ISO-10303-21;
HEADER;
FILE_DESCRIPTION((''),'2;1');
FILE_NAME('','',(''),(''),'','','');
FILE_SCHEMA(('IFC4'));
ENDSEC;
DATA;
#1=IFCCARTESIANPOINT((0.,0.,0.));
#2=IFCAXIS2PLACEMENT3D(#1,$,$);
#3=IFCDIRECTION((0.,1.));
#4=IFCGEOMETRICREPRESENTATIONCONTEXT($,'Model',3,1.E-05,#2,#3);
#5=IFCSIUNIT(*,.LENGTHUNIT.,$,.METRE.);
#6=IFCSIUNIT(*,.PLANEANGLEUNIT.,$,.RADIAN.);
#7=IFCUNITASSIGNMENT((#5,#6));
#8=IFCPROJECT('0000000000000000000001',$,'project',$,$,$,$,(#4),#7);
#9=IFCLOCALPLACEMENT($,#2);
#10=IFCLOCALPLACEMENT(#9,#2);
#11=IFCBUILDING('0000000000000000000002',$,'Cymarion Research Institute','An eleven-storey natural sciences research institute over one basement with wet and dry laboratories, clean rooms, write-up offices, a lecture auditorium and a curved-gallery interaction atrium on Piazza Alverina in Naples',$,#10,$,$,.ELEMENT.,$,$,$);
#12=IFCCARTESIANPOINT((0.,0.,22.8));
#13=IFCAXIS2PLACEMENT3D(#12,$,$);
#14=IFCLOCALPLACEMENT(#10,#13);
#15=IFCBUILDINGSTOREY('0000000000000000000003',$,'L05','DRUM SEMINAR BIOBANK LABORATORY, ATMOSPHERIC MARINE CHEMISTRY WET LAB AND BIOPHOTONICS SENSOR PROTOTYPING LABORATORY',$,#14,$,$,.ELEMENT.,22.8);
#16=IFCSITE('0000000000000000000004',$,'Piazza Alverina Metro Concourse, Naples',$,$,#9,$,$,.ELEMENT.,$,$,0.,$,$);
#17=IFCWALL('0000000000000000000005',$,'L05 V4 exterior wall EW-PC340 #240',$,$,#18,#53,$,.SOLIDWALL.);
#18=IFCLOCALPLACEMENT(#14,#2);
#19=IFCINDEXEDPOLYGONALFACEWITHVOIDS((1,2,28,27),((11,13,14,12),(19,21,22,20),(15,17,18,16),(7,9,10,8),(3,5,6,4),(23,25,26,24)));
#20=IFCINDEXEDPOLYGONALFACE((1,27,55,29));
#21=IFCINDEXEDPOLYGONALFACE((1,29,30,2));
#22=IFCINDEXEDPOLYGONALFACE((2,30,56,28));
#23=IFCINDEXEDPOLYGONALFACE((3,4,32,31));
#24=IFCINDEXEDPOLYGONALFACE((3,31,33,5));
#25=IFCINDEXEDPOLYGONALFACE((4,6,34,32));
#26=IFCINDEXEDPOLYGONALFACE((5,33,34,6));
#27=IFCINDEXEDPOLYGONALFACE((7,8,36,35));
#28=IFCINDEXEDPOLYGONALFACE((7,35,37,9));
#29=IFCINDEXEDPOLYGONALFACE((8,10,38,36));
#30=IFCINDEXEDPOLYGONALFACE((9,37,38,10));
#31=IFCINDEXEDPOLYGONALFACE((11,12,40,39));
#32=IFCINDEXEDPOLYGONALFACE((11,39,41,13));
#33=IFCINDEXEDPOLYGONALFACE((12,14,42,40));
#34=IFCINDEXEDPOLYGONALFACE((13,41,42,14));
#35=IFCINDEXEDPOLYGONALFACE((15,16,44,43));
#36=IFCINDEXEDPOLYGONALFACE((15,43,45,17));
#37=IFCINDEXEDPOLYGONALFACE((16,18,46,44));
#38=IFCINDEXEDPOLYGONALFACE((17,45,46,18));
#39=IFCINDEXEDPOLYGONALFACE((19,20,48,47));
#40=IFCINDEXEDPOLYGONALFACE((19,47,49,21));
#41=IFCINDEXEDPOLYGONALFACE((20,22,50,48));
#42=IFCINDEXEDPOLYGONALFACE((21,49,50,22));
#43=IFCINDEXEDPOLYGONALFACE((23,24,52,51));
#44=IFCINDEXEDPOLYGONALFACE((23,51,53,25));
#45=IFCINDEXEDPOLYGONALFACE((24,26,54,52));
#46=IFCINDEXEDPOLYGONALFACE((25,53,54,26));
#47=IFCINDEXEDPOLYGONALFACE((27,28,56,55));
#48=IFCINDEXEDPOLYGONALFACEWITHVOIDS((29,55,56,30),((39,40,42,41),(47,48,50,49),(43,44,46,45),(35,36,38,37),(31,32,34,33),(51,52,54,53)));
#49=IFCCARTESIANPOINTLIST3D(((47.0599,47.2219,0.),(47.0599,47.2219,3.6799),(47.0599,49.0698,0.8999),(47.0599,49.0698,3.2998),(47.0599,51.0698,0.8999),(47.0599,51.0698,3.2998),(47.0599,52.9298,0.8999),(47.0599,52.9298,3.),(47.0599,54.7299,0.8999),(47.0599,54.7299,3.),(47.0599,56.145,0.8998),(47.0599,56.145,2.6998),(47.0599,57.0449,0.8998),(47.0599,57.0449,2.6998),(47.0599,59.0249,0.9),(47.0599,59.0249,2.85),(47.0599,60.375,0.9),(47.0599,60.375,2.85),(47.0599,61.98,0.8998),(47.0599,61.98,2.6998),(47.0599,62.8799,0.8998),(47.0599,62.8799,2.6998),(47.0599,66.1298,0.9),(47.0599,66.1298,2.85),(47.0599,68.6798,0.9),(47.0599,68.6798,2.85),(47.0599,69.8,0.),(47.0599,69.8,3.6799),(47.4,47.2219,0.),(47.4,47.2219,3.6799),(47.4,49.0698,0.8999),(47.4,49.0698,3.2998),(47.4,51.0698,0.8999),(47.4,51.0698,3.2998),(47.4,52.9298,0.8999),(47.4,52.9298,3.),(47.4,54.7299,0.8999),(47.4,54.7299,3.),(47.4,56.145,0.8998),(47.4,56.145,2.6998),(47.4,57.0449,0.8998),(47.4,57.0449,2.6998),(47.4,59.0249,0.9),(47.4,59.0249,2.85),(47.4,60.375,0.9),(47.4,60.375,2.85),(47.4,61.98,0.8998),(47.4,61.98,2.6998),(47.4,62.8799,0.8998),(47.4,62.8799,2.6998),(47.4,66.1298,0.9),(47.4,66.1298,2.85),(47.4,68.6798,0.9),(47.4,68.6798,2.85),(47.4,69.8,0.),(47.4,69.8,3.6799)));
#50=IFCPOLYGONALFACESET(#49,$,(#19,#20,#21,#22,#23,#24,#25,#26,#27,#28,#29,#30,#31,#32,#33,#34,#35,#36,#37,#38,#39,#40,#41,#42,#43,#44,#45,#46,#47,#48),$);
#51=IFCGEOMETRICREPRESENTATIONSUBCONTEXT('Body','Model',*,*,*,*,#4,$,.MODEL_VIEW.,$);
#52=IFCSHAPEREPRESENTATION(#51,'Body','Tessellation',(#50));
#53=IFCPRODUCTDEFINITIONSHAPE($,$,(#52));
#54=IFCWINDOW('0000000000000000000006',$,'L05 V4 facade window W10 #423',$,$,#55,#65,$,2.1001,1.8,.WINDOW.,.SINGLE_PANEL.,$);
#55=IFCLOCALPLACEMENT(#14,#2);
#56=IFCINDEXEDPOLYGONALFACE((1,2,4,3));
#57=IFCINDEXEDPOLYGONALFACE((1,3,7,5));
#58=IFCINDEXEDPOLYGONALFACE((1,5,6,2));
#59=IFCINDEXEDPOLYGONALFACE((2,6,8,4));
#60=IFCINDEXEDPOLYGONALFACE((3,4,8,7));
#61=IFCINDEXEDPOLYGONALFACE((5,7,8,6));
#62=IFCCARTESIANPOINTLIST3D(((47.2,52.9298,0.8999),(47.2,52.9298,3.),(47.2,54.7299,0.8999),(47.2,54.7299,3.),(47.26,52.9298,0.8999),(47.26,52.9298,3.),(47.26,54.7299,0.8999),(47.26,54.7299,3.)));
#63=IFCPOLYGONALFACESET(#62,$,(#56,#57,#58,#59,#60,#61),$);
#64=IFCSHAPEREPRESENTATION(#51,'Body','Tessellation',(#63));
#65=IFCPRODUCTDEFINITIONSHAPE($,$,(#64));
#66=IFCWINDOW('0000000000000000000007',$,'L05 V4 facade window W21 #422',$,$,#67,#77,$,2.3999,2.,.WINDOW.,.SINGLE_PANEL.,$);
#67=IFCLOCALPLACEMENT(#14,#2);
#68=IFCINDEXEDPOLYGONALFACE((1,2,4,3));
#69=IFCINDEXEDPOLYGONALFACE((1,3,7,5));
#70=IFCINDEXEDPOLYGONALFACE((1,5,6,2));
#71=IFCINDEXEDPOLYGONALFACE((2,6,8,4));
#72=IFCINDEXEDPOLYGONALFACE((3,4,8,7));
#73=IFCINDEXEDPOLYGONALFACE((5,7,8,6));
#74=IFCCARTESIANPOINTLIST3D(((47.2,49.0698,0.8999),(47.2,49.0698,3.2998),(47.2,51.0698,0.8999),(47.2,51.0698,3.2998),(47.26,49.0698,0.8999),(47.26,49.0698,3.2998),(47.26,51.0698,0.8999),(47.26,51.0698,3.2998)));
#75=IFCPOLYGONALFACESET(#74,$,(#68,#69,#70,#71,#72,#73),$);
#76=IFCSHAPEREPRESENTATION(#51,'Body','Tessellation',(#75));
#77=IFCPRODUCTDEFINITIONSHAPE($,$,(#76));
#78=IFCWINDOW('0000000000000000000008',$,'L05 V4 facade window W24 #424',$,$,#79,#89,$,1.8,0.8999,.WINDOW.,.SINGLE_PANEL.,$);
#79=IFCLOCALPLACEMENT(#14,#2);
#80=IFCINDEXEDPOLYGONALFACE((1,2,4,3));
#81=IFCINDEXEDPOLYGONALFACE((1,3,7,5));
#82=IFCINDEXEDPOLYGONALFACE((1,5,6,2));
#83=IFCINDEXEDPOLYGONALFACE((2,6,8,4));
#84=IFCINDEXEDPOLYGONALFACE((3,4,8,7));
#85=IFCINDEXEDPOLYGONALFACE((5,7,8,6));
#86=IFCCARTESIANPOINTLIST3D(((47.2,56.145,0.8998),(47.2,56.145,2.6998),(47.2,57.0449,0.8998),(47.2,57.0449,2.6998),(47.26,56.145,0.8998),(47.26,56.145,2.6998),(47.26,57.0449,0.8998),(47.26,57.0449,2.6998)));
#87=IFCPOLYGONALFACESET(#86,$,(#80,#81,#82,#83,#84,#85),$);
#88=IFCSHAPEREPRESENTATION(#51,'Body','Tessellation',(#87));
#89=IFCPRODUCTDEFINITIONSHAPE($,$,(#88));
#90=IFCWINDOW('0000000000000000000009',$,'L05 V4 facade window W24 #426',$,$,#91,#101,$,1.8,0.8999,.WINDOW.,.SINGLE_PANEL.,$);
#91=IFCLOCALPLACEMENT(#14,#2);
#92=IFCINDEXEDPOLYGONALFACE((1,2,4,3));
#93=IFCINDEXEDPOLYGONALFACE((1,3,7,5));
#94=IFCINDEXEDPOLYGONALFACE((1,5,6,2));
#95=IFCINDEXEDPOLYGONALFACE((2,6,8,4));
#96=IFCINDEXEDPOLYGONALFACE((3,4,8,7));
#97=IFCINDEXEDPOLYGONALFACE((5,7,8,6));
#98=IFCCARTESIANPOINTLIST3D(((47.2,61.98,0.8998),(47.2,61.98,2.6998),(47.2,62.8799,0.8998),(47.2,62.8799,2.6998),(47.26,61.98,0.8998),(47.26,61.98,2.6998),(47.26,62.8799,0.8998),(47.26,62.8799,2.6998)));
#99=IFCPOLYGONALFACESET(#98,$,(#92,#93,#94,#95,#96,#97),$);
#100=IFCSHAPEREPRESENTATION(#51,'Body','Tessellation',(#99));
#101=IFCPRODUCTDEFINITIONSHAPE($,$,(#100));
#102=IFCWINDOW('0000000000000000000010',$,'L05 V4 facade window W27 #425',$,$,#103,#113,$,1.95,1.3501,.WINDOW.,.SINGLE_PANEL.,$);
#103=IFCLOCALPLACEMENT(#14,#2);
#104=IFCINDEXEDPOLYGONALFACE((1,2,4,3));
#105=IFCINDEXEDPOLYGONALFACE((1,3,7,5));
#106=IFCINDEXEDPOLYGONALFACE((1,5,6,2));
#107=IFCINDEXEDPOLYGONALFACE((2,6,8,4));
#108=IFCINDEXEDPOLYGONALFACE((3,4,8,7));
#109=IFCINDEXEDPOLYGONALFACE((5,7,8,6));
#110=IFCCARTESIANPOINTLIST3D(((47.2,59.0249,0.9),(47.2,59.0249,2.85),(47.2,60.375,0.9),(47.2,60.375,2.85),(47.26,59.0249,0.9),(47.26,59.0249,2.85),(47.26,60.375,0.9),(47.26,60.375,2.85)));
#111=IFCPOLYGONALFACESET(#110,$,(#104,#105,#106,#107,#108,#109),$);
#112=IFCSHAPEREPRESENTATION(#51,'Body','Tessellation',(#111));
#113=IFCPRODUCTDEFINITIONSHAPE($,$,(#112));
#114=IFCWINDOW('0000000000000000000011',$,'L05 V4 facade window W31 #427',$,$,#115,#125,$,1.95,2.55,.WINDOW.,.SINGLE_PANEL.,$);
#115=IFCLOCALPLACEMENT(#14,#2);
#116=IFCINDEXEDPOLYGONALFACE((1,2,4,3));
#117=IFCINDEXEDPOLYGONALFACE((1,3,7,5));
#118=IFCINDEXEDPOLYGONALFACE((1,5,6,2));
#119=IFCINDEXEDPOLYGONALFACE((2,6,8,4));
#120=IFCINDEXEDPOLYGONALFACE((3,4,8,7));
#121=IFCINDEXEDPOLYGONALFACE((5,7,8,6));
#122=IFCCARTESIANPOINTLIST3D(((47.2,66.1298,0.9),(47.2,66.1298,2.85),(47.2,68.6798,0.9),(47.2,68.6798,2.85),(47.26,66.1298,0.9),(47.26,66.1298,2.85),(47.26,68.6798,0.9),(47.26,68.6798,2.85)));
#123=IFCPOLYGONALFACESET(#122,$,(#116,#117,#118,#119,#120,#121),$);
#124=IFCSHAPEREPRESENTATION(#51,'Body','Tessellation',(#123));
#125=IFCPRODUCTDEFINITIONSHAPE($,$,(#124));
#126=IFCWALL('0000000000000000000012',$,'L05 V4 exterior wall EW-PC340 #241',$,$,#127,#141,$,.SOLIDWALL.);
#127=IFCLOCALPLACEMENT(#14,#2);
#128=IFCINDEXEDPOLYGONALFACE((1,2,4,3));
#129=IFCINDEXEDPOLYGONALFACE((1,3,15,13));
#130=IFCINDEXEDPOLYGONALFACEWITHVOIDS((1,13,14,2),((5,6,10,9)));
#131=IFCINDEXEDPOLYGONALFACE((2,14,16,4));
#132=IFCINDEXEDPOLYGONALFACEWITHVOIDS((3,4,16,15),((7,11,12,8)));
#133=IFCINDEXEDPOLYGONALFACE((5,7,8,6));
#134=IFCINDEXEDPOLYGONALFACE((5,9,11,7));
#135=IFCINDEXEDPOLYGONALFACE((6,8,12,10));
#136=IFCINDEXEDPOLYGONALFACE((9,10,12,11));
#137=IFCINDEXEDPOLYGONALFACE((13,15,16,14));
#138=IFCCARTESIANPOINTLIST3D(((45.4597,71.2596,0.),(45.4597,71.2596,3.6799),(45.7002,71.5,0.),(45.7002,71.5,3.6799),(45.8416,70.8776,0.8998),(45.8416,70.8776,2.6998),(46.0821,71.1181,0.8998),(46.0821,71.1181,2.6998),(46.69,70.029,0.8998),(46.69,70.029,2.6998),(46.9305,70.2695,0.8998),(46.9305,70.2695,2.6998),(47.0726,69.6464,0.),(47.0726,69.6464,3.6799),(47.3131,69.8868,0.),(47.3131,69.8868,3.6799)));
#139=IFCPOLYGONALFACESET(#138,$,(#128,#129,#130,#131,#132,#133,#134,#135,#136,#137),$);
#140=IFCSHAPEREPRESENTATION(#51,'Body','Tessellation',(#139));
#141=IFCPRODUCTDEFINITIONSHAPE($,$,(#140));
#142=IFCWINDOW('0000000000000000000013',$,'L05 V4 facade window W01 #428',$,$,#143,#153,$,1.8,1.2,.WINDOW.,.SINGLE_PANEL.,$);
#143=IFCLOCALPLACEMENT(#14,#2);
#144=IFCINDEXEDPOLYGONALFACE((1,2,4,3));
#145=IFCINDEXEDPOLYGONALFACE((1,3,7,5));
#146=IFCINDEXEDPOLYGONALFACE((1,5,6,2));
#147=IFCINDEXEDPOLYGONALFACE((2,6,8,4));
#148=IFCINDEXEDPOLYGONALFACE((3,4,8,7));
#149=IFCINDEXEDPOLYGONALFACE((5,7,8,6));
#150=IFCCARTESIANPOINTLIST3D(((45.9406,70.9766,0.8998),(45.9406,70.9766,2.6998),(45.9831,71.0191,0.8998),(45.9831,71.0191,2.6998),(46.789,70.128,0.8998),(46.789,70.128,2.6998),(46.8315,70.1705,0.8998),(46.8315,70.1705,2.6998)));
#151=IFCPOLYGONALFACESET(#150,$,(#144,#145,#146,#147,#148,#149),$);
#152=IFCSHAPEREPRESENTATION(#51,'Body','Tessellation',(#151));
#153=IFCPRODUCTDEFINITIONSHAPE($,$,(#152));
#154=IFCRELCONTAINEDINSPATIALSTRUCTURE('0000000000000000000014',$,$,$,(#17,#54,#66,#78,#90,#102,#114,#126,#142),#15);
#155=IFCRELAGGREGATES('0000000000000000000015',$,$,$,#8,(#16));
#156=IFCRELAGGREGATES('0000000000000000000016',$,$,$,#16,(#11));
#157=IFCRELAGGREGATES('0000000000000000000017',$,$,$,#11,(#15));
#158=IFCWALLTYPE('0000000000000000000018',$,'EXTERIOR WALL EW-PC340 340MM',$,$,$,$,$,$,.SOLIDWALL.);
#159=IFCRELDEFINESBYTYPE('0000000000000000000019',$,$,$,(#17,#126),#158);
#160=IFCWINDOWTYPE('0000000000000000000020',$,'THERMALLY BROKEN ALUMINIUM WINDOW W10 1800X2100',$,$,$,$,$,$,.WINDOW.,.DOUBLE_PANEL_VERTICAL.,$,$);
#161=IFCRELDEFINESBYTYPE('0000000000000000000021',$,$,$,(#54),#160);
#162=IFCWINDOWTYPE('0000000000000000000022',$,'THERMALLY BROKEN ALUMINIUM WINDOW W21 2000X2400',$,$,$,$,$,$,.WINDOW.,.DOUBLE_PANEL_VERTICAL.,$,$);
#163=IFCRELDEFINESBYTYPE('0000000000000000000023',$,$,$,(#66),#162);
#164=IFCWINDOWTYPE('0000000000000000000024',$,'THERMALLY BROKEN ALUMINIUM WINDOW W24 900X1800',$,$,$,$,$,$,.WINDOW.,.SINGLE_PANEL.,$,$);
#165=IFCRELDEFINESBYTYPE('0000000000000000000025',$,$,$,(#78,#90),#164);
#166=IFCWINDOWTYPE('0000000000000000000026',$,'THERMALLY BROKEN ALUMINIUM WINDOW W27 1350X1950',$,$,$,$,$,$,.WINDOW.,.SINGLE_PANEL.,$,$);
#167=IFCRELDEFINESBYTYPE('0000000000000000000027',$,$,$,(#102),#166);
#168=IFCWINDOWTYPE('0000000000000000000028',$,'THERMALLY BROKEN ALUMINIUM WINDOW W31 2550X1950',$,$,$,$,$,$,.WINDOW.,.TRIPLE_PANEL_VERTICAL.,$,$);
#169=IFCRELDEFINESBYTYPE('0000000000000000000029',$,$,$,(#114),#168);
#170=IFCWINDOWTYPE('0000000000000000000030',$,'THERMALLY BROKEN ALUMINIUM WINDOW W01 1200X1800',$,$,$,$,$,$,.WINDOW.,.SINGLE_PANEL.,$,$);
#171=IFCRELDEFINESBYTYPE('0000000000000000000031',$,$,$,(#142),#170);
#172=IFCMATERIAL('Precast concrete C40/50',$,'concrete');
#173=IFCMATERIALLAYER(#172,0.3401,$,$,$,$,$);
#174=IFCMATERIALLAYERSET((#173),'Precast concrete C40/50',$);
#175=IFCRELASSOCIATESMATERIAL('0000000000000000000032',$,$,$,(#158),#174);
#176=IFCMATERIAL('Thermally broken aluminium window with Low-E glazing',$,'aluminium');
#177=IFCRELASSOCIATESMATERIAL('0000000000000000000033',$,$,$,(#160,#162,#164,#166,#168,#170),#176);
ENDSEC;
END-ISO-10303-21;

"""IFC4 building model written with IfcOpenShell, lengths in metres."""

from ifc_helpers import new_model, si_unit, direction, frame, frame_2d, origin, place, context, subcontext, project, spatial, rectangle, extrude, material, layer, layer_set, type_object, element, fill, save


model = new_model("IFC4")

# Units and contexts
model_context = context("Model", 3, precision=1e-05, world=origin(), true_north=direction((0.0, 1.0)))
body_context = subcontext(model_context, "Body", "Model", "MODEL_VIEW")
ifc_project = project(units=[si_unit("LENGTHUNIT", "METRE"), si_unit("PLANEANGLEUNIT", "RADIAN")], contexts=[model_context])

# Site, building, storey
site_placement = place(None, origin())
site = spatial("IfcSite", under=ifc_project, at=site_placement, Name="Piazza Alverina Metro Concourse, Naples", CompositionType="ELEMENT", RefElevation=0.0)
building_placement = place(site_placement, origin())
building = spatial("IfcBuilding", under=site, at=building_placement, Name="Cymarion Research Institute", Description="An eleven-storey natural sciences research institute over one basement with wet and dry laboratories, clean rooms, write-up offices, a lecture auditorium and a curved-gallery interaction atrium on Piazza Alverina in Naples", CompositionType="ELEMENT")
storey_placement = place(building_placement, frame((0.0, 0.0, 22.8)))
storey = spatial("IfcBuildingStorey", under=building, at=storey_placement, Name="L05", Description="DRUM SEMINAR BIOBANK LABORATORY, ATMOSPHERIC MARINE CHEMISTRY WET LAB AND BIOPHOTONICS SENSOR PROTOTYPING LABORATORY", CompositionType="ELEMENT", Elevation=22.8)

# Wall, openings, windows
ifc_material_1 = material(Name="Precast concrete C40/50", Category="concrete")
ifc_layer_1 = layer(ifc_material_1, 0.3401)
ifc_layer_set_1 = layer_set([ifc_layer_1], Name="Precast concrete C40/50")
wall_type = type_object("IfcWallType", Name="EXTERIOR WALL EW-PC340 340MM", PredefinedType="SOLIDWALL", material=ifc_layer_set_1)
wall_1_placement = place(storey_placement, frame((47.23, 47.2219, 0.0), z_axis=(0.0, 0.0, 1.0), x_axis=(0.0, 1.0, 0.0)))
wall_1 = element("IfcWall", 1, at=wall_1_placement, inside=storey, type_object=wall_type, Name="L05 V4 exterior wall EW-PC340 #240", PredefinedType="SOLIDWALL", context=body_context, shape_type="SweptSolid", body=[
    extrude(rectangle(XDim=22.5781, YDim=0.3401, at=frame_2d((11.2891, 0.0))), origin(), (0.0, 0.0, 1.0), 3.6799),
])
opening_1_placement = place(wall_1_placement, frame((1.8479, 0.0, 0.8999)))
opening_1 = element("IfcOpeningElement", 2, at=opening_1_placement, cuts=wall_1, PredefinedType="OPENING", context=body_context, shape_type="SweptSolid", body=[
    extrude(rectangle(XDim=2.0, YDim=2.3999, at=frame_2d((1.0, 1.2))), frame((0.0, 0.1799, 0.0), z_axis=(0.0, -1.0, 0.0), x_axis=(1.0, 0.0, 0.0)), (0.0, 0.0, 1.0), 0.3601),
])
opening_2_placement = place(wall_1_placement, frame((5.708, 0.0, 0.8999)))
opening_2 = element("IfcOpeningElement", 3, at=opening_2_placement, cuts=wall_1, PredefinedType="OPENING", context=body_context, shape_type="SweptSolid", body=[
    extrude(rectangle(XDim=1.8, YDim=2.1001, at=frame_2d((0.8999, 1.05))), frame((0.0, 0.1799, 0.0), z_axis=(0.0, -1.0, 0.0), x_axis=(1.0, 0.0, 0.0)), (0.0, 0.0, 1.0), 0.3601),
])
opening_3_placement = place(wall_1_placement, frame((8.9231, 0.0, 0.8999)))
opening_3 = element("IfcOpeningElement", 4, at=opening_3_placement, cuts=wall_1, PredefinedType="OPENING", context=body_context, shape_type="SweptSolid", body=[
    extrude(rectangle(XDim=0.8999, YDim=1.8, at=frame_2d((0.45, 0.8999))), frame((0.0, 0.1799, 0.0), z_axis=(0.0, -1.0, 0.0), x_axis=(1.0, 0.0, 0.0)), (0.0, 0.0, 1.0), 0.3601),
])
opening_4_placement = place(wall_1_placement, frame((11.803, 0.0, 0.8999)))
opening_4 = element("IfcOpeningElement", 5, at=opening_4_placement, cuts=wall_1, PredefinedType="OPENING", context=body_context, shape_type="SweptSolid", body=[
    extrude(rectangle(XDim=1.3501, YDim=1.95, at=frame_2d((0.675, 0.9751))), frame((0.0, 0.1799, 0.0), z_axis=(0.0, -1.0, 0.0), x_axis=(1.0, 0.0, 0.0)), (0.0, 0.0, 1.0), 0.3601),
])
opening_5_placement = place(wall_1_placement, frame((14.7581, 0.0, 0.8999)))
opening_5 = element("IfcOpeningElement", 6, at=opening_5_placement, cuts=wall_1, PredefinedType="OPENING", context=body_context, shape_type="SweptSolid", body=[
    extrude(rectangle(XDim=0.8999, YDim=1.8, at=frame_2d((0.45, 0.8999))), frame((0.0, 0.1799, 0.0), z_axis=(0.0, -1.0, 0.0), x_axis=(1.0, 0.0, 0.0)), (0.0, 0.0, 1.0), 0.3601),
])
opening_6_placement = place(wall_1_placement, frame((18.908, 0.0, 0.8999)))
opening_6 = element("IfcOpeningElement", 7, at=opening_6_placement, cuts=wall_1, PredefinedType="OPENING", context=body_context, shape_type="SweptSolid", body=[
    extrude(rectangle(XDim=2.55, YDim=1.95, at=frame_2d((1.2749, 0.9751))), frame((0.0, 0.1799, 0.0), z_axis=(0.0, -1.0, 0.0), x_axis=(1.0, 0.0, 0.0)), (0.0, 0.0, 1.0), 0.3601),
])
ifc_material_2 = material(Name="Thermally broken aluminium window with Low-E glazing", Category="aluminium")
window_type_1 = type_object("IfcWindowType", Name="THERMALLY BROKEN ALUMINIUM WINDOW W10 1800X2100", PartitioningType="DOUBLE_PANEL_VERTICAL", PredefinedType="WINDOW", material=ifc_material_2)
window_1_placement = place(opening_2_placement, origin())
window_1 = element("IfcWindow", 8, at=window_1_placement, inside=storey, type_object=window_type_1, Name="L05 V4 facade window W10 #423", OverallHeight=2.1001, OverallWidth=1.8, PartitioningType="SINGLE_PANEL", PredefinedType="WINDOW", context=body_context, shape_type="SweptSolid", body=[
    extrude(rectangle(XDim=1.8, YDim=2.1001, at=frame_2d((0.8999, 1.05))), frame((0.0, 0.03, 0.0), z_axis=(0.0, -1.0, 0.0), x_axis=(1.0, 0.0, 0.0)), (0.0, 0.0, 1.0), 0.0601),
])
fill(opening_2, window_1)
window_type_2 = type_object("IfcWindowType", Name="THERMALLY BROKEN ALUMINIUM WINDOW W21 2000X2400", PartitioningType="DOUBLE_PANEL_VERTICAL", PredefinedType="WINDOW", material=ifc_material_2)
window_2_placement = place(opening_1_placement, origin())
window_2 = element("IfcWindow", 9, at=window_2_placement, inside=storey, type_object=window_type_2, Name="L05 V4 facade window W21 #422", OverallHeight=2.3999, OverallWidth=2.0, PartitioningType="SINGLE_PANEL", PredefinedType="WINDOW", context=body_context, shape_type="SweptSolid", body=[
    extrude(rectangle(XDim=2.0, YDim=2.3999, at=frame_2d((1.0, 1.2))), frame((0.0, 0.03, 0.0), z_axis=(0.0, -1.0, 0.0), x_axis=(1.0, 0.0, 0.0)), (0.0, 0.0, 1.0), 0.0601),
])
fill(opening_1, window_2)
window_type_3 = type_object("IfcWindowType", Name="THERMALLY BROKEN ALUMINIUM WINDOW W24 900X1800", PartitioningType="SINGLE_PANEL", PredefinedType="WINDOW", material=ifc_material_2)
window_3_placement = place(opening_3_placement, origin())
window_3 = element("IfcWindow", 10, at=window_3_placement, inside=storey, type_object=window_type_3, Name="L05 V4 facade window W24 #424", OverallHeight=1.8, OverallWidth=0.8999, PartitioningType="SINGLE_PANEL", PredefinedType="WINDOW", context=body_context, shape_type="SweptSolid", body=[
    extrude(rectangle(XDim=0.8999, YDim=1.8, at=frame_2d((0.45, 0.8999))), frame((0.0, 0.03, 0.0), z_axis=(0.0, -1.0, 0.0), x_axis=(1.0, 0.0, 0.0)), (0.0, 0.0, 1.0), 0.0601),
])
fill(opening_3, window_3)
window_4_placement = place(opening_5_placement, origin())
window_4 = element("IfcWindow", 11, at=window_4_placement, inside=storey, type_object=window_type_3, Name="L05 V4 facade window W24 #426", OverallHeight=1.8, OverallWidth=0.8999, PartitioningType="SINGLE_PANEL", PredefinedType="WINDOW", context=body_context, shape_type="SweptSolid", body=[
    extrude(rectangle(XDim=0.8999, YDim=1.8, at=frame_2d((0.45, 0.8999))), frame((0.0, 0.03, 0.0), z_axis=(0.0, -1.0, 0.0), x_axis=(1.0, 0.0, 0.0)), (0.0, 0.0, 1.0), 0.0601),
])
fill(opening_5, window_4)
window_type_4 = type_object("IfcWindowType", Name="THERMALLY BROKEN ALUMINIUM WINDOW W27 1350X1950", PartitioningType="SINGLE_PANEL", PredefinedType="WINDOW", material=ifc_material_2)
window_5_placement = place(opening_4_placement, origin())
window_5 = element("IfcWindow", 12, at=window_5_placement, inside=storey, type_object=window_type_4, Name="L05 V4 facade window W27 #425", OverallHeight=1.95, OverallWidth=1.3501, PartitioningType="SINGLE_PANEL", PredefinedType="WINDOW", context=body_context, shape_type="SweptSolid", body=[
    extrude(rectangle(XDim=1.3501, YDim=1.95, at=frame_2d((0.675, 0.9751))), frame((0.0, 0.03, 0.0), z_axis=(0.0, -1.0, 0.0), x_axis=(1.0, 0.0, 0.0)), (0.0, 0.0, 1.0), 0.0601),
])
fill(opening_4, window_5)
window_type_5 = type_object("IfcWindowType", Name="THERMALLY BROKEN ALUMINIUM WINDOW W31 2550X1950", PartitioningType="TRIPLE_PANEL_VERTICAL", PredefinedType="WINDOW", material=ifc_material_2)
window_6_placement = place(opening_6_placement, origin())
window_6 = element("IfcWindow", 13, at=window_6_placement, inside=storey, type_object=window_type_5, Name="L05 V4 facade window W31 #427", OverallHeight=1.95, OverallWidth=2.55, PartitioningType="SINGLE_PANEL", PredefinedType="WINDOW", context=body_context, shape_type="SweptSolid", body=[
    extrude(rectangle(XDim=2.55, YDim=1.95, at=frame_2d((1.2749, 0.9751))), frame((0.0, 0.03, 0.0), z_axis=(0.0, -1.0, 0.0), x_axis=(1.0, 0.0, 0.0)), (0.0, 0.0, 1.0), 0.0601),
])
fill(opening_6, window_6)

# Wall, opening, window
wall_2_placement = place(storey_placement, frame((47.1929, 69.7666, 0.0), z_axis=(0.0, 0.0, 1.0), x_axis=(-0.707053, 0.70716, 0.0)))
wall_2 = element("IfcWall", 14, at=wall_2_placement, inside=storey, type_object=wall_type, Name="L05 V4 exterior wall EW-PC340 #241", PredefinedType="SOLIDWALL", context=body_context, shape_type="SweptSolid", body=[
    extrude(rectangle(XDim=2.2812, YDim=0.3401, at=frame_2d((1.1406, 0.0))), origin(), (0.0, 0.0, 1.0), 3.6799),
])
opening_7_placement = place(wall_2_placement, frame((0.541, 0.0, 0.8999)))
opening_7 = element("IfcOpeningElement", 15, at=opening_7_placement, cuts=wall_2, PredefinedType="OPENING", context=body_context, shape_type="SweptSolid", body=[
    extrude(rectangle(XDim=1.2, YDim=1.8, at=frame_2d((0.6001, 0.8999))), frame((0.0, 0.1799, 0.0), z_axis=(0.0, -1.0, 0.0), x_axis=(1.0, 0.0, 0.0)), (0.0, 0.0, 1.0), 0.3601),
])
window_type_6 = type_object("IfcWindowType", Name="THERMALLY BROKEN ALUMINIUM WINDOW W01 1200X1800", PartitioningType="SINGLE_PANEL", PredefinedType="WINDOW", material=ifc_material_2)
window_7_placement = place(opening_7_placement, origin())
window_7 = element("IfcWindow", 16, at=window_7_placement, inside=storey, type_object=window_type_6, Name="L05 V4 facade window W01 #428", OverallHeight=1.8, OverallWidth=1.2, PartitioningType="SINGLE_PANEL", PredefinedType="WINDOW", context=body_context, shape_type="SweptSolid", body=[
    extrude(rectangle(XDim=1.2, YDim=1.8, at=frame_2d((0.6001, 0.8999))), frame((0.0, 0.03, 0.0), z_axis=(0.0, -1.0, 0.0), x_axis=(1.0, 0.0, 0.0)), (0.0, 0.0, 1.0), 0.0601),
])
fill(opening_7, window_7)

save(model, "model.ifc")
